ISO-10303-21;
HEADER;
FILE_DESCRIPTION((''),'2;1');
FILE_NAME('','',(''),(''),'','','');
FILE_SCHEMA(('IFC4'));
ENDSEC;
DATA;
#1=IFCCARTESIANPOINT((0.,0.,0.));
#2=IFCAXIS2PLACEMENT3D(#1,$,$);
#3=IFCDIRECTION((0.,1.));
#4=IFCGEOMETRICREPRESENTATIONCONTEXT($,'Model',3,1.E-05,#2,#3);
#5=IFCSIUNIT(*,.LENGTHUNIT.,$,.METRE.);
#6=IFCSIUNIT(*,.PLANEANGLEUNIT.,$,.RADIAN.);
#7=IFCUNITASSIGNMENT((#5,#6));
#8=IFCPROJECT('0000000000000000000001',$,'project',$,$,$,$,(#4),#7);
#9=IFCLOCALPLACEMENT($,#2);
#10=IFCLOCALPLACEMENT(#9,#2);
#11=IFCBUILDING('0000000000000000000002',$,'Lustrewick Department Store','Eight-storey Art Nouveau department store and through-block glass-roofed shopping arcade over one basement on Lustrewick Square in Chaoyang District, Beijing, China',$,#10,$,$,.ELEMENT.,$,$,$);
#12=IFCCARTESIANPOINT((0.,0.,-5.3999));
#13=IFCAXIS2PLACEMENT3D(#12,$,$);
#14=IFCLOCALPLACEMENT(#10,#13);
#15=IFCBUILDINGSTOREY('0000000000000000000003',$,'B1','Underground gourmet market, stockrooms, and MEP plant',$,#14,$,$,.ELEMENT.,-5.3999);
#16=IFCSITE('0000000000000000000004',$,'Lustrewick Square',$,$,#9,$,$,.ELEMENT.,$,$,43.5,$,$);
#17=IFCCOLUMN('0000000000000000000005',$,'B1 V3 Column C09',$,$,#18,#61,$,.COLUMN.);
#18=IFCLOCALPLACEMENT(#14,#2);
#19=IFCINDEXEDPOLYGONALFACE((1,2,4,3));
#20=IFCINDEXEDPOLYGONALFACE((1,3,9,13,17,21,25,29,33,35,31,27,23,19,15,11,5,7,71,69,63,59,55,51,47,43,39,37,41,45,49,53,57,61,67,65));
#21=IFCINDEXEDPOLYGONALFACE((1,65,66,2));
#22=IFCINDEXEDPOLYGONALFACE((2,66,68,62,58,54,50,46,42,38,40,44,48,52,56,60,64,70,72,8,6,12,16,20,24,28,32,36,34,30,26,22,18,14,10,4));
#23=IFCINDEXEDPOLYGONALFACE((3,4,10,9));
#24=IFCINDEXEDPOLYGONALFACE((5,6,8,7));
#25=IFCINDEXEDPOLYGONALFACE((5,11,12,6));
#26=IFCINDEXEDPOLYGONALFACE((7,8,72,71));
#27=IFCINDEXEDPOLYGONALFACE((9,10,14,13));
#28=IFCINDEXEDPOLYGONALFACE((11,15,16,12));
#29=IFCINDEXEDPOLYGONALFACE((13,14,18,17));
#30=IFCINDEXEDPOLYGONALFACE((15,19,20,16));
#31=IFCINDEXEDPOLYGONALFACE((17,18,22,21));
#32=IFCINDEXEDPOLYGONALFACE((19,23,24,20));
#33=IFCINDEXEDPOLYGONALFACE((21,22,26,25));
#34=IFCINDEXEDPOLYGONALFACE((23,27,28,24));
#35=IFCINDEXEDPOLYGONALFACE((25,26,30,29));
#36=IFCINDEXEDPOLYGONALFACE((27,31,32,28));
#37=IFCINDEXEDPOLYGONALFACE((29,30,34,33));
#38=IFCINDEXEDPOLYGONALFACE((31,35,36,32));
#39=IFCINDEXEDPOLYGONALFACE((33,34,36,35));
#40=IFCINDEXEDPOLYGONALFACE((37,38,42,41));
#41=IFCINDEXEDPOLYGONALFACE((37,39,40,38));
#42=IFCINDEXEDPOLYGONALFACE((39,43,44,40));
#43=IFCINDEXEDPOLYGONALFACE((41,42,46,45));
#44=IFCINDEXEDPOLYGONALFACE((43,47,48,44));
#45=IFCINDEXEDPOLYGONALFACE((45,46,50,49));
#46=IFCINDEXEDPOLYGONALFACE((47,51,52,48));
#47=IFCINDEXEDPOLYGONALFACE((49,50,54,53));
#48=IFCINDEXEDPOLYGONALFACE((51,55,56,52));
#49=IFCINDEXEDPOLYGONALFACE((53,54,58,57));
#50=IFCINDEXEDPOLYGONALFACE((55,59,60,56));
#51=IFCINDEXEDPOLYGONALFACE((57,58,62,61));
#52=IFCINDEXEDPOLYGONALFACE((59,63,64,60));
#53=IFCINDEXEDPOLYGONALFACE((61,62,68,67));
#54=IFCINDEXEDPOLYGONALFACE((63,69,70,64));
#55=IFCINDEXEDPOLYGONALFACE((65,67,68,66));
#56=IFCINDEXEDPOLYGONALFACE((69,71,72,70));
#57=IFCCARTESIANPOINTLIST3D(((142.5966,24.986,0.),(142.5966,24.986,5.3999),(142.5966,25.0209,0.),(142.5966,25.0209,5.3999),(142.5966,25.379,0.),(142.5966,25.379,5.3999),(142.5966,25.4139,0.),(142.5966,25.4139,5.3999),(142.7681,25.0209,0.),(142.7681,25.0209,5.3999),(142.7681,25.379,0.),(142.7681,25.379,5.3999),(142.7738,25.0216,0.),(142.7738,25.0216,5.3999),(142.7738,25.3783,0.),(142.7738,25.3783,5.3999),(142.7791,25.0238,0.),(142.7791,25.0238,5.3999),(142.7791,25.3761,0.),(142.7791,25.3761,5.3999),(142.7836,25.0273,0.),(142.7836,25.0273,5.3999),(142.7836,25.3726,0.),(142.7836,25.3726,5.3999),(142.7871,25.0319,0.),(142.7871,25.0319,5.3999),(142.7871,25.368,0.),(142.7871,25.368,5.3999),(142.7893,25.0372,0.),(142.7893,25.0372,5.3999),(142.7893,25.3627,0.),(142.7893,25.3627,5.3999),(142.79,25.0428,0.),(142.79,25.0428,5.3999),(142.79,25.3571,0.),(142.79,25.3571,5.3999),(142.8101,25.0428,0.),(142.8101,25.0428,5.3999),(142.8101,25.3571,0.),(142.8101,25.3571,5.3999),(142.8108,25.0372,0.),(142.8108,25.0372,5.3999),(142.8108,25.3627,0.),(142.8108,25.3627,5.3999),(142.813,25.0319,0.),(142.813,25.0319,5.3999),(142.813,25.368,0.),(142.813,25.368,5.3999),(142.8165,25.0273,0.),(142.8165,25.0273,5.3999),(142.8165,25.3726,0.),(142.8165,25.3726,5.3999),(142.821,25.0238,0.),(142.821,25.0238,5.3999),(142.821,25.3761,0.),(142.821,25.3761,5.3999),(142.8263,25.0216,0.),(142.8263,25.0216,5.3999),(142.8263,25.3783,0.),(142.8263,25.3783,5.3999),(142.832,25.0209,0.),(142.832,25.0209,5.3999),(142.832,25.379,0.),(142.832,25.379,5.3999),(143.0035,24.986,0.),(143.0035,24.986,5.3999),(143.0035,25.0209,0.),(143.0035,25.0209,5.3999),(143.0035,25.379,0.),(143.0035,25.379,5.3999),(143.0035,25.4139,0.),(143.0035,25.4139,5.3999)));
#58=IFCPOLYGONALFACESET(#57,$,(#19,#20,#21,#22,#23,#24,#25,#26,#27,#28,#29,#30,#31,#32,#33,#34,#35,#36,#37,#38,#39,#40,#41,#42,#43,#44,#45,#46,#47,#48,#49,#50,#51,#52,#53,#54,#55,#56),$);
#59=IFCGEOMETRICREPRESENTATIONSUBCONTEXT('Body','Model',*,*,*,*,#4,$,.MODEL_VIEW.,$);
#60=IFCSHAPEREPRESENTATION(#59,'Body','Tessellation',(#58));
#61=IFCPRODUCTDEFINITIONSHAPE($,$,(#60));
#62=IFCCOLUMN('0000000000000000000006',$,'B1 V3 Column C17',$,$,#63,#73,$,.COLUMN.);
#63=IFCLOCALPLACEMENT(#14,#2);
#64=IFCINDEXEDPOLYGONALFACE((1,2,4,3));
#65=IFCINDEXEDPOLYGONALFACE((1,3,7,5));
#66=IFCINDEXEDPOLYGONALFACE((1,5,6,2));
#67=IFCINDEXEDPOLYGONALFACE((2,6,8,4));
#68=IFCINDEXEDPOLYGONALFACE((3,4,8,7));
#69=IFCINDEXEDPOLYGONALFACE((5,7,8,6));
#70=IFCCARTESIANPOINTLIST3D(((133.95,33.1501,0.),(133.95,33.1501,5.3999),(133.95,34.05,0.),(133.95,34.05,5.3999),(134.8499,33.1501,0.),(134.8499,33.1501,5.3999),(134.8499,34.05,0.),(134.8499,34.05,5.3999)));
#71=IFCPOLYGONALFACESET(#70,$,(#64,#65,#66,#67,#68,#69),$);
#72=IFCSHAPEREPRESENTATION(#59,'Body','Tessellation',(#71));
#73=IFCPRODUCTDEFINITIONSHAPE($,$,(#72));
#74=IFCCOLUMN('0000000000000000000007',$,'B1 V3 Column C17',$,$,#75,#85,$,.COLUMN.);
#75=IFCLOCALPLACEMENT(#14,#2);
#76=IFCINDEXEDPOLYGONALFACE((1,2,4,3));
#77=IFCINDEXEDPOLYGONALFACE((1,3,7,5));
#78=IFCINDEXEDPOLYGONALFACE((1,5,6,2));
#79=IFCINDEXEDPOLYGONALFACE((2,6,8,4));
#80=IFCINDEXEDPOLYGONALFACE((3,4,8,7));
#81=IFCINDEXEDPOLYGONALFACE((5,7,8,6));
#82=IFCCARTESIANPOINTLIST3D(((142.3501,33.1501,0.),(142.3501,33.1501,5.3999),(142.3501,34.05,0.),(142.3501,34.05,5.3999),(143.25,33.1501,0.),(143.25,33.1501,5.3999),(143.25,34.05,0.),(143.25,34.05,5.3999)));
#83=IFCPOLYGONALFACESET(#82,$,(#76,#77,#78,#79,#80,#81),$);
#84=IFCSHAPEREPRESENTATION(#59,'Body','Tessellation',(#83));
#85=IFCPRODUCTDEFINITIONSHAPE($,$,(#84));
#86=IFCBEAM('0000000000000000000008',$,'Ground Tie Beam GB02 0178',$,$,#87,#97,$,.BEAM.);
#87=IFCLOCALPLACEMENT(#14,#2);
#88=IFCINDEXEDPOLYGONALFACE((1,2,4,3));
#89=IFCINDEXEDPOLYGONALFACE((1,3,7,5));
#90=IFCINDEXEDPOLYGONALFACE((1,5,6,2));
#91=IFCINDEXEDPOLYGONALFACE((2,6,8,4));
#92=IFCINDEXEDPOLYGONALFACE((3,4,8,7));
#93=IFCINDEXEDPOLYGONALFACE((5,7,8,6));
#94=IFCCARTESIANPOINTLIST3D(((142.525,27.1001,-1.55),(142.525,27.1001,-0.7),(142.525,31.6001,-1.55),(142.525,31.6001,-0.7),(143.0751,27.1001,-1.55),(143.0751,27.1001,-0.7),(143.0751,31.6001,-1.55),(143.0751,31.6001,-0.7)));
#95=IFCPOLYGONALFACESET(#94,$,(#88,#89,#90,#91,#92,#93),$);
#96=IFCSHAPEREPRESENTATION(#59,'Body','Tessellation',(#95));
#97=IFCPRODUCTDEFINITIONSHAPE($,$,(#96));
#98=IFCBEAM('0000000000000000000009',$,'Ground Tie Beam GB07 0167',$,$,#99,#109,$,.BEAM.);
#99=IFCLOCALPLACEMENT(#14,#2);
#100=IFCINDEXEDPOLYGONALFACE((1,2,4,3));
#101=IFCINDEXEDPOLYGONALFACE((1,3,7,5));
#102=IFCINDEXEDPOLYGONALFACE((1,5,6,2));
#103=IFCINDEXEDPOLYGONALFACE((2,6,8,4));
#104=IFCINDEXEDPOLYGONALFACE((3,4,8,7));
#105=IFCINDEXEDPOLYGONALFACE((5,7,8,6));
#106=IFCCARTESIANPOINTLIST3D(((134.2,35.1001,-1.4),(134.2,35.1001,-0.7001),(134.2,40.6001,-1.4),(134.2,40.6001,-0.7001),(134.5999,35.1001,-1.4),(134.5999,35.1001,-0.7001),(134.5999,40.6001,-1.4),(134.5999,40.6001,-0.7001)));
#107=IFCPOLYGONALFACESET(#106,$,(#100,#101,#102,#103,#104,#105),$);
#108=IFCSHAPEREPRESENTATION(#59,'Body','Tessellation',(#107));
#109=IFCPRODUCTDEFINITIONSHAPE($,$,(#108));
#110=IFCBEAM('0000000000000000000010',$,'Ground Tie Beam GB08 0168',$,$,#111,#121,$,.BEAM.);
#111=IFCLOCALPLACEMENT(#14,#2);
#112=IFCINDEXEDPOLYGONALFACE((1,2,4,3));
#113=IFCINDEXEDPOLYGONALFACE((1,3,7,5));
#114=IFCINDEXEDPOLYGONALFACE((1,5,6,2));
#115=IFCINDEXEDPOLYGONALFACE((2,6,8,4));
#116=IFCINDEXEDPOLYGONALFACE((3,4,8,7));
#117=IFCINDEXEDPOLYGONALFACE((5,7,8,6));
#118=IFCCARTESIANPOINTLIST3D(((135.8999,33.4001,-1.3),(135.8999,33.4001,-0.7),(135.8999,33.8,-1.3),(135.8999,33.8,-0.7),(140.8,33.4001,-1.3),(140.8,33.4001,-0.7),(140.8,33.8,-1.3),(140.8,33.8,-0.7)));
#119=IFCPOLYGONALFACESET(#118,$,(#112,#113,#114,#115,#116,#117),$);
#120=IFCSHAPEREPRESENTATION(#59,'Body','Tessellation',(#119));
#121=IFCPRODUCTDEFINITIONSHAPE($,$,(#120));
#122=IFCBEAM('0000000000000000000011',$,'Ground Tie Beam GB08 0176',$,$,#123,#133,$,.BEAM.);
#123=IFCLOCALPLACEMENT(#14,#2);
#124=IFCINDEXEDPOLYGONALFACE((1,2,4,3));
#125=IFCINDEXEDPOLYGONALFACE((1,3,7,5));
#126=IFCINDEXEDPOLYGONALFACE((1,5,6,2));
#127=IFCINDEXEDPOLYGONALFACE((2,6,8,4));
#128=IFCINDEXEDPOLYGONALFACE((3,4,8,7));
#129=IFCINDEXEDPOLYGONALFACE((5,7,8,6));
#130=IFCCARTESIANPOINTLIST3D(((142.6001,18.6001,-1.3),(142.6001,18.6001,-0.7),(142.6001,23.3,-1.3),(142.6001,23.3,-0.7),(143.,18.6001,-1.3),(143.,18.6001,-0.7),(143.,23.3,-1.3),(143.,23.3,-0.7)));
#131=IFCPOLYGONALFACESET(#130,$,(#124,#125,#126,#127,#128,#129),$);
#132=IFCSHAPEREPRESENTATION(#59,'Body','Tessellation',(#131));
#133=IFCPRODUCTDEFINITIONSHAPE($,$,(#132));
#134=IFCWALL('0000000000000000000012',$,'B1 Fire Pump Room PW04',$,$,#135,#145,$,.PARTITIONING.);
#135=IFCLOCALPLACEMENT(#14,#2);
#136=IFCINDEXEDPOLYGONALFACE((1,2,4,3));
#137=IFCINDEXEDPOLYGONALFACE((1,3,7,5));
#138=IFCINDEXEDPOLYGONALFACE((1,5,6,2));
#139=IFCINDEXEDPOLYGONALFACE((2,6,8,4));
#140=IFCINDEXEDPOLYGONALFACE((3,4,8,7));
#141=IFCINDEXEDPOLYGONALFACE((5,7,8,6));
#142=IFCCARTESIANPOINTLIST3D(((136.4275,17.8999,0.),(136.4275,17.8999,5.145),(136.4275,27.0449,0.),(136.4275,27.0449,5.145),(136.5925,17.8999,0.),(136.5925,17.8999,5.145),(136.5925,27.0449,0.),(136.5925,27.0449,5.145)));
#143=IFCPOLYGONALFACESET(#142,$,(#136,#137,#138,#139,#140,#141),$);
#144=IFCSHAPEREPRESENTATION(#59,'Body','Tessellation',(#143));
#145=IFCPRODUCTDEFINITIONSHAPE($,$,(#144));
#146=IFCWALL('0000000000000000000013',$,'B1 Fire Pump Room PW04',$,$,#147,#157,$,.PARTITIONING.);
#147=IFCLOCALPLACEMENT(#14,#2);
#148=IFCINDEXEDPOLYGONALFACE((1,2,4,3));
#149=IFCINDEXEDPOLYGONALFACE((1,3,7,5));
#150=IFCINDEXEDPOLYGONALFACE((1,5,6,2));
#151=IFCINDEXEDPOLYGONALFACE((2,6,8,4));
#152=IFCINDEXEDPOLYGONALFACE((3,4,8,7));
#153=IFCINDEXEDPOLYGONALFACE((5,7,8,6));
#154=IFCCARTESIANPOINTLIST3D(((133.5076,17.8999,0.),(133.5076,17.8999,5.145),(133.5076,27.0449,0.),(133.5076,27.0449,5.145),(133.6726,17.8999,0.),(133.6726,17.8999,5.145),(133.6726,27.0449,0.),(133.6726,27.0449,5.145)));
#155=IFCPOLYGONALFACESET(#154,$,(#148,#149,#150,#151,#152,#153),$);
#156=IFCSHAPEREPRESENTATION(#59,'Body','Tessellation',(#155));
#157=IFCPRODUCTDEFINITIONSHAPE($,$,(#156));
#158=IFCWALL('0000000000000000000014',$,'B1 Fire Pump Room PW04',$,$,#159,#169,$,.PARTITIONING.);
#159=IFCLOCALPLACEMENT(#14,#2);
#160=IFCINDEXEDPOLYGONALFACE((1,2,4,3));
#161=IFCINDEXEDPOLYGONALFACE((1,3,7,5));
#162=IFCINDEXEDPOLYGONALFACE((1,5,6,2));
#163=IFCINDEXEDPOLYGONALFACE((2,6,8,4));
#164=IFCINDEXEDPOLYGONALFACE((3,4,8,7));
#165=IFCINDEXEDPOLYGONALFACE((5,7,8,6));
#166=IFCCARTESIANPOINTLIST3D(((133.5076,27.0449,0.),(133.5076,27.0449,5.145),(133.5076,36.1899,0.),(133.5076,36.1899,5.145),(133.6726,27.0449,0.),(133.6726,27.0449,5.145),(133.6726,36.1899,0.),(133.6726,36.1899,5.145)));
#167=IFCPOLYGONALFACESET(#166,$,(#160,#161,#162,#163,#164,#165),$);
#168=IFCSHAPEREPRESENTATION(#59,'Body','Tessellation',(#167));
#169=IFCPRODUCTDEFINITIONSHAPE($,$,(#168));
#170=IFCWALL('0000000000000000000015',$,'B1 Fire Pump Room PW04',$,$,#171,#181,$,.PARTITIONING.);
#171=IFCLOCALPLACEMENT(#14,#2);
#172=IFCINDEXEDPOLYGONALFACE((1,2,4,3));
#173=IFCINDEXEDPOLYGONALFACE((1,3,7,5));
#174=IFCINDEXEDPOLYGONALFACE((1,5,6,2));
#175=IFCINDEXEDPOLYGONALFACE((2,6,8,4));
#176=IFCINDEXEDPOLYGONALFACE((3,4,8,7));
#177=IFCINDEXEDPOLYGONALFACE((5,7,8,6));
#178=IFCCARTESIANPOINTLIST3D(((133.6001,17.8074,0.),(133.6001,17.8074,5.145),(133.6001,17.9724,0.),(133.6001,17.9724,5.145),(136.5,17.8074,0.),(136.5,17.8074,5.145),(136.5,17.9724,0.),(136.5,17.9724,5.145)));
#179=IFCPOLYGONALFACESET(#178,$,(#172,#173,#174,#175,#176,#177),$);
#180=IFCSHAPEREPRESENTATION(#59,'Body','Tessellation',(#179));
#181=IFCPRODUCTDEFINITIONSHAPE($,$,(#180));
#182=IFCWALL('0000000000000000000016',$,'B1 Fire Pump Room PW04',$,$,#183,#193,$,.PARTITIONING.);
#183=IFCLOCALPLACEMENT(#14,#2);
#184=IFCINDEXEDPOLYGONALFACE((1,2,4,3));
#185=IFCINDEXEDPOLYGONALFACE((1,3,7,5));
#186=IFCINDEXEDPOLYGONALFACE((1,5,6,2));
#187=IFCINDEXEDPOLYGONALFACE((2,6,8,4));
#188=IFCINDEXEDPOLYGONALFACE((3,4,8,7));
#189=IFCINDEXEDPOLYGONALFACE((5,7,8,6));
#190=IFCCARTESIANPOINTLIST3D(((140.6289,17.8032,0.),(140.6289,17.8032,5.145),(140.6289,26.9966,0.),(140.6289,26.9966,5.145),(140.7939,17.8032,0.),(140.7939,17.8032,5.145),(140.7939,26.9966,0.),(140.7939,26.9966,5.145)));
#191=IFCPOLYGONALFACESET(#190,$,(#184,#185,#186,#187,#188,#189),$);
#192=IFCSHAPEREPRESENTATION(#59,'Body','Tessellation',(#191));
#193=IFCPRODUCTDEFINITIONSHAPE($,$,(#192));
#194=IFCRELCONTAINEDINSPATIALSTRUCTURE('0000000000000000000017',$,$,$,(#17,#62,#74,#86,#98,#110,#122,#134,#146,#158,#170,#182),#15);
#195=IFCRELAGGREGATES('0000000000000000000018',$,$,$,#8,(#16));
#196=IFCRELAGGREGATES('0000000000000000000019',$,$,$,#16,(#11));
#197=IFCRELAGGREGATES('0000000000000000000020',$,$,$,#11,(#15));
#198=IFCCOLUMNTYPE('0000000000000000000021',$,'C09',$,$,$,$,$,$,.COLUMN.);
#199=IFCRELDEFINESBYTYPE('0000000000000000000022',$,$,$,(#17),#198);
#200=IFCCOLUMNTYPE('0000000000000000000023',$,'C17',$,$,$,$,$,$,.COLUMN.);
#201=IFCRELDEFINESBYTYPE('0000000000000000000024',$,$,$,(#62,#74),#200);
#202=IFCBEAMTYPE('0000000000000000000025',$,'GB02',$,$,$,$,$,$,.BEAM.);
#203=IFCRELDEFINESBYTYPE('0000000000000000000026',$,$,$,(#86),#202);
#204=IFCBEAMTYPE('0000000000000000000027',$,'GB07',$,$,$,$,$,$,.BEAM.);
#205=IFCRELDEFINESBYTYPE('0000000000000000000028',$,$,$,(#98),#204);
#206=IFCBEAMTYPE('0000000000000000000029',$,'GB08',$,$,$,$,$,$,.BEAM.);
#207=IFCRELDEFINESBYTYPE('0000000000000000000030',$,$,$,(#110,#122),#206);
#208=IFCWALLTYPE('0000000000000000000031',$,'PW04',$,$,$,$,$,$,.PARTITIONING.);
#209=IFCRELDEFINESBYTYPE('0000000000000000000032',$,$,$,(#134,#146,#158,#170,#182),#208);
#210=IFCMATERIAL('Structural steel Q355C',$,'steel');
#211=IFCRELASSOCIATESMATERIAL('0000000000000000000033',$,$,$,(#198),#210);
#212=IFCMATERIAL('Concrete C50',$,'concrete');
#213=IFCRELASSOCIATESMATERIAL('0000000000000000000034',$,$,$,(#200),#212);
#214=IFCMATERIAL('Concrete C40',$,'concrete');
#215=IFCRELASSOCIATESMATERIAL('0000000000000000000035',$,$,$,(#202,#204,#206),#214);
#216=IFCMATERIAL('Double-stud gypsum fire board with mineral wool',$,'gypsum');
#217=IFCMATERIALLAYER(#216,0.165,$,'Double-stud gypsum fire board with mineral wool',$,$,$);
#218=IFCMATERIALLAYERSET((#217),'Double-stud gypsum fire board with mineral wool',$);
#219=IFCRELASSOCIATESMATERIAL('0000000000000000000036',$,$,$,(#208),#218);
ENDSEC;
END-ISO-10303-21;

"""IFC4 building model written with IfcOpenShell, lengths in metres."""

from ifc_helpers import new_model, si_unit, direction, frame, frame_2d, origin, origin_2d, place, context, subcontext, project, spatial, rectangle, i_section, extrude, material, layer, layer_set, material_profile, profile_set, type_object, element, save


model = new_model("IFC4")

# Units and contexts
model_context = context("Model", 3, precision=1e-05, world=origin(), true_north=direction((0.0, 1.0)))
body_context = subcontext(model_context, "Body", "Model", "MODEL_VIEW")
ifc_project = project(units=[si_unit("LENGTHUNIT", "METRE"), si_unit("PLANEANGLEUNIT", "RADIAN")], contexts=[model_context])

# Site, building, storey
site_placement = place(None, origin())
site = spatial("IfcSite", under=ifc_project, at=site_placement, Name="Lustrewick Square", CompositionType="ELEMENT", RefElevation=43.5)
building_placement = place(site_placement, origin())
building = spatial("IfcBuilding", under=site, at=building_placement, Name="Lustrewick Department Store", Description="Eight-storey Art Nouveau department store and through-block glass-roofed shopping arcade over one basement on Lustrewick Square in Chaoyang District, Beijing, China", CompositionType="ELEMENT")
storey_placement = place(building_placement, frame((0.0, 0.0, -5.3999)))
storey = spatial("IfcBuildingStorey", under=building, at=storey_placement, Name="B1", Description="Underground gourmet market, stockrooms, and MEP plant", CompositionType="ELEMENT", Elevation=-5.3999)

# Shared definitions
ifc_material_1 = material(Name="Concrete C40", Category="concrete")

# Columns
ifc_material_2 = material(Name="Structural steel Q355C", Category="steel")
ifc_material_profile_1 = material_profile(ifc_material_2, i_section(OverallWidth=0.407, OverallDepth=0.428, WebThickness=0.02, FlangeThickness=0.0349, FilletRadius=0.022, at=origin_2d()), Name="HW 428x407x20x35")
ifc_profile_set_1 = profile_set([ifc_material_profile_1], Name="Structural steel Q355C")
column_type_1 = type_object("IfcColumnType", Name="C09", PredefinedType="COLUMN", material=ifc_profile_set_1)
column_placement = place(storey_placement, frame((142.8, 25.2, 0.0), z_axis=(0.0, 0.0, 1.0), x_axis=(1.0, 0.0, 0.0)))
element("IfcColumn", 1, at=column_placement, inside=storey, type_object=column_type_1, Name="B1 V3 Column C09", PredefinedType="COLUMN", context=body_context, shape_type="SweptSolid", body=[
    extrude(i_section(OverallWidth=0.407, OverallDepth=0.428, WebThickness=0.02, FlangeThickness=0.0349, FilletRadius=0.022, at=origin_2d()), origin(), (0.0, 0.0, 1.0), 5.3999),
])
ifc_material_3 = material(Name="Concrete C50", Category="concrete")
ifc_material_profile_2 = material_profile(ifc_material_3, rectangle(XDim=0.8999, YDim=0.8999, at=origin_2d()), Name="RC 900x900")
ifc_profile_set_2 = profile_set([ifc_material_profile_2], Name="Concrete C50")
column_type_2 = type_object("IfcColumnType", Name="C17", PredefinedType="COLUMN", material=ifc_profile_set_2)
for number, where, z_axis, x_axis, name in (
    (2, (134.3999, 33.6001, 0.0), (0.0, 0.0, 1.0), (1.0, 0.0, 0.0), "B1 V3 Column C17"),
    (3, (142.8, 33.6001, 0.0), (0.0, 0.0, 1.0), (1.0, 0.0, 0.0), "B1 V3 Column C17"),
):
    element("IfcColumn", number, at=place(storey_placement, frame(where, z_axis=z_axis, x_axis=x_axis)), inside=storey, type_object=column_type_2, Name=name, PredefinedType="COLUMN", context=body_context, shape_type="SweptSolid", body=[
        extrude(rectangle(XDim=0.8999, YDim=0.8999, at=origin_2d()), origin(), (0.0, 0.0, 1.0), 5.3999),
    ])

# Beams
ifc_material_profile_3 = material_profile(ifc_material_1, rectangle(XDim=0.55, YDim=0.8501, at=origin_2d()), Name="RC 550x850")
ifc_profile_set_3 = profile_set([ifc_material_profile_3], Name="Concrete C40")
beam_type_1 = type_object("IfcBeamType", Name="GB02", PredefinedType="BEAM", material=ifc_profile_set_3)
beam_1_placement = place(storey_placement, frame((142.8, 27.1001, -1.125), z_axis=(0.0, 1.0, 0.0), x_axis=(-1.0, 0.0, 0.0)))
element("IfcBeam", 4, at=beam_1_placement, inside=storey, type_object=beam_type_1, Name="Ground Tie Beam GB02 0178", PredefinedType="BEAM", context=body_context, shape_type="SweptSolid", body=[
    extrude(rectangle(XDim=0.55, YDim=0.8501, at=origin_2d()), origin(), (0.0, 0.0, 1.0), 4.5),
])
ifc_material_profile_4 = material_profile(ifc_material_1, rectangle(XDim=0.3999, YDim=0.7, at=origin_2d()), Name="RC 400x700")
ifc_profile_set_4 = profile_set([ifc_material_profile_4], Name="Concrete C40")
beam_type_2 = type_object("IfcBeamType", Name="GB07", PredefinedType="BEAM", material=ifc_profile_set_4)
beam_2_placement = place(storey_placement, frame((134.3999, 35.1001, -1.05), z_axis=(0.0, 1.0, 0.0), x_axis=(-1.0, 0.0, 0.0)))
element("IfcBeam", 5, at=beam_2_placement, inside=storey, type_object=beam_type_2, Name="Ground Tie Beam GB07 0167", PredefinedType="BEAM", context=body_context, shape_type="SweptSolid", body=[
    extrude(rectangle(XDim=0.3999, YDim=0.7, at=origin_2d()), origin(), (0.0, 0.0, 1.0), 5.5),
])
ifc_material_profile_5 = material_profile(ifc_material_1, rectangle(XDim=0.3999, YDim=0.6001, at=origin_2d()), Name="RC 400x600")
ifc_profile_set_5 = profile_set([ifc_material_profile_5], Name="Concrete C40")
beam_type_3 = type_object("IfcBeamType", Name="GB08", PredefinedType="BEAM", material=ifc_profile_set_5)
beam_3_placement = place(storey_placement, frame((135.8999, 33.6001, -1.0), z_axis=(1.0, 0.0, 0.0), x_axis=(0.0, 1.0, 0.0)))
element("IfcBeam", 6, at=beam_3_placement, inside=storey, type_object=beam_type_3, Name="Ground Tie Beam GB08 0168", PredefinedType="BEAM", context=body_context, shape_type="SweptSolid", body=[
    extrude(rectangle(XDim=0.3999, YDim=0.6001, at=origin_2d()), origin(), (0.0, 0.0, 1.0), 4.9001),
])
beam_4_placement = place(storey_placement, frame((142.8, 18.6001, -1.0), z_axis=(0.0, 1.0, 0.0), x_axis=(-1.0, 0.0, 0.0)))
element("IfcBeam", 7, at=beam_4_placement, inside=storey, type_object=beam_type_3, Name="Ground Tie Beam GB08 0176", PredefinedType="BEAM", context=body_context, shape_type="SweptSolid", body=[
    extrude(rectangle(XDim=0.3999, YDim=0.6001, at=origin_2d()), origin(), (0.0, 0.0, 1.0), 4.7),
])

# Walls
ifc_material_4 = material(Name="Double-stud gypsum fire board with mineral wool", Category="gypsum")
ifc_layer = layer(ifc_material_4, 0.165, Name="Double-stud gypsum fire board with mineral wool")
ifc_layer_set = layer_set([ifc_layer], Name="Double-stud gypsum fire board with mineral wool")
wall_type = type_object("IfcWallType", Name="PW04", PredefinedType="PARTITIONING", material=ifc_layer_set)
for number, where, z_axis, x_axis, name in (
    (8, (136.51, 27.0449, 0.0), (0.0, 0.0, 1.0), (0.0, -1.0, 0.0), "B1 Fire Pump Room PW04"),
    (9, (133.5901, 17.8999, 0.0), (0.0, 0.0, 1.0), (0.0, 1.0, 0.0), "B1 Fire Pump Room PW04"),
    (10, (133.5901, 27.0449, 0.0), (0.0, 0.0, 1.0), (0.0, 1.0, 0.0), "B1 Fire Pump Room PW04"),
):
    element("IfcWall", number, at=place(storey_placement, frame(where, z_axis=z_axis, x_axis=x_axis)), inside=storey, type_object=wall_type, Name=name, PredefinedType="PARTITIONING", context=body_context, shape_type="SweptSolid", body=[
        extrude(rectangle(XDim=9.145, YDim=0.165, at=frame_2d((4.5725, 0.0))), origin(), (0.0, 0.0, 1.0), 5.145),
    ])
wall_1_placement = place(storey_placement, frame((136.5, 17.8899, 0.0), z_axis=(0.0, 0.0, 1.0), x_axis=(-1.0, 0.0, 0.0)))
element("IfcWall", 11, at=wall_1_placement, inside=storey, type_object=wall_type, Name="B1 Fire Pump Room PW04", PredefinedType="PARTITIONING", context=body_context, shape_type="SweptSolid", body=[
    extrude(rectangle(XDim=2.8999, YDim=0.165, at=frame_2d((1.45, 0.0))), origin(), (0.0, 0.0, 1.0), 5.145),
])
wall_2_placement = place(storey_placement, frame((140.7114, 17.8032, 0.0), z_axis=(0.0, 0.0, 1.0), x_axis=(0.0, 1.0, 0.0)))
element("IfcWall", 12, at=wall_2_placement, inside=storey, type_object=wall_type, Name="B1 Fire Pump Room PW04", PredefinedType="PARTITIONING", context=body_context, shape_type="SweptSolid", body=[
    extrude(rectangle(XDim=9.1934, YDim=0.165, at=frame_2d((4.5967, 0.0))), origin(), (0.0, 0.0, 1.0), 5.145),
])

save(model, "model.ifc")
